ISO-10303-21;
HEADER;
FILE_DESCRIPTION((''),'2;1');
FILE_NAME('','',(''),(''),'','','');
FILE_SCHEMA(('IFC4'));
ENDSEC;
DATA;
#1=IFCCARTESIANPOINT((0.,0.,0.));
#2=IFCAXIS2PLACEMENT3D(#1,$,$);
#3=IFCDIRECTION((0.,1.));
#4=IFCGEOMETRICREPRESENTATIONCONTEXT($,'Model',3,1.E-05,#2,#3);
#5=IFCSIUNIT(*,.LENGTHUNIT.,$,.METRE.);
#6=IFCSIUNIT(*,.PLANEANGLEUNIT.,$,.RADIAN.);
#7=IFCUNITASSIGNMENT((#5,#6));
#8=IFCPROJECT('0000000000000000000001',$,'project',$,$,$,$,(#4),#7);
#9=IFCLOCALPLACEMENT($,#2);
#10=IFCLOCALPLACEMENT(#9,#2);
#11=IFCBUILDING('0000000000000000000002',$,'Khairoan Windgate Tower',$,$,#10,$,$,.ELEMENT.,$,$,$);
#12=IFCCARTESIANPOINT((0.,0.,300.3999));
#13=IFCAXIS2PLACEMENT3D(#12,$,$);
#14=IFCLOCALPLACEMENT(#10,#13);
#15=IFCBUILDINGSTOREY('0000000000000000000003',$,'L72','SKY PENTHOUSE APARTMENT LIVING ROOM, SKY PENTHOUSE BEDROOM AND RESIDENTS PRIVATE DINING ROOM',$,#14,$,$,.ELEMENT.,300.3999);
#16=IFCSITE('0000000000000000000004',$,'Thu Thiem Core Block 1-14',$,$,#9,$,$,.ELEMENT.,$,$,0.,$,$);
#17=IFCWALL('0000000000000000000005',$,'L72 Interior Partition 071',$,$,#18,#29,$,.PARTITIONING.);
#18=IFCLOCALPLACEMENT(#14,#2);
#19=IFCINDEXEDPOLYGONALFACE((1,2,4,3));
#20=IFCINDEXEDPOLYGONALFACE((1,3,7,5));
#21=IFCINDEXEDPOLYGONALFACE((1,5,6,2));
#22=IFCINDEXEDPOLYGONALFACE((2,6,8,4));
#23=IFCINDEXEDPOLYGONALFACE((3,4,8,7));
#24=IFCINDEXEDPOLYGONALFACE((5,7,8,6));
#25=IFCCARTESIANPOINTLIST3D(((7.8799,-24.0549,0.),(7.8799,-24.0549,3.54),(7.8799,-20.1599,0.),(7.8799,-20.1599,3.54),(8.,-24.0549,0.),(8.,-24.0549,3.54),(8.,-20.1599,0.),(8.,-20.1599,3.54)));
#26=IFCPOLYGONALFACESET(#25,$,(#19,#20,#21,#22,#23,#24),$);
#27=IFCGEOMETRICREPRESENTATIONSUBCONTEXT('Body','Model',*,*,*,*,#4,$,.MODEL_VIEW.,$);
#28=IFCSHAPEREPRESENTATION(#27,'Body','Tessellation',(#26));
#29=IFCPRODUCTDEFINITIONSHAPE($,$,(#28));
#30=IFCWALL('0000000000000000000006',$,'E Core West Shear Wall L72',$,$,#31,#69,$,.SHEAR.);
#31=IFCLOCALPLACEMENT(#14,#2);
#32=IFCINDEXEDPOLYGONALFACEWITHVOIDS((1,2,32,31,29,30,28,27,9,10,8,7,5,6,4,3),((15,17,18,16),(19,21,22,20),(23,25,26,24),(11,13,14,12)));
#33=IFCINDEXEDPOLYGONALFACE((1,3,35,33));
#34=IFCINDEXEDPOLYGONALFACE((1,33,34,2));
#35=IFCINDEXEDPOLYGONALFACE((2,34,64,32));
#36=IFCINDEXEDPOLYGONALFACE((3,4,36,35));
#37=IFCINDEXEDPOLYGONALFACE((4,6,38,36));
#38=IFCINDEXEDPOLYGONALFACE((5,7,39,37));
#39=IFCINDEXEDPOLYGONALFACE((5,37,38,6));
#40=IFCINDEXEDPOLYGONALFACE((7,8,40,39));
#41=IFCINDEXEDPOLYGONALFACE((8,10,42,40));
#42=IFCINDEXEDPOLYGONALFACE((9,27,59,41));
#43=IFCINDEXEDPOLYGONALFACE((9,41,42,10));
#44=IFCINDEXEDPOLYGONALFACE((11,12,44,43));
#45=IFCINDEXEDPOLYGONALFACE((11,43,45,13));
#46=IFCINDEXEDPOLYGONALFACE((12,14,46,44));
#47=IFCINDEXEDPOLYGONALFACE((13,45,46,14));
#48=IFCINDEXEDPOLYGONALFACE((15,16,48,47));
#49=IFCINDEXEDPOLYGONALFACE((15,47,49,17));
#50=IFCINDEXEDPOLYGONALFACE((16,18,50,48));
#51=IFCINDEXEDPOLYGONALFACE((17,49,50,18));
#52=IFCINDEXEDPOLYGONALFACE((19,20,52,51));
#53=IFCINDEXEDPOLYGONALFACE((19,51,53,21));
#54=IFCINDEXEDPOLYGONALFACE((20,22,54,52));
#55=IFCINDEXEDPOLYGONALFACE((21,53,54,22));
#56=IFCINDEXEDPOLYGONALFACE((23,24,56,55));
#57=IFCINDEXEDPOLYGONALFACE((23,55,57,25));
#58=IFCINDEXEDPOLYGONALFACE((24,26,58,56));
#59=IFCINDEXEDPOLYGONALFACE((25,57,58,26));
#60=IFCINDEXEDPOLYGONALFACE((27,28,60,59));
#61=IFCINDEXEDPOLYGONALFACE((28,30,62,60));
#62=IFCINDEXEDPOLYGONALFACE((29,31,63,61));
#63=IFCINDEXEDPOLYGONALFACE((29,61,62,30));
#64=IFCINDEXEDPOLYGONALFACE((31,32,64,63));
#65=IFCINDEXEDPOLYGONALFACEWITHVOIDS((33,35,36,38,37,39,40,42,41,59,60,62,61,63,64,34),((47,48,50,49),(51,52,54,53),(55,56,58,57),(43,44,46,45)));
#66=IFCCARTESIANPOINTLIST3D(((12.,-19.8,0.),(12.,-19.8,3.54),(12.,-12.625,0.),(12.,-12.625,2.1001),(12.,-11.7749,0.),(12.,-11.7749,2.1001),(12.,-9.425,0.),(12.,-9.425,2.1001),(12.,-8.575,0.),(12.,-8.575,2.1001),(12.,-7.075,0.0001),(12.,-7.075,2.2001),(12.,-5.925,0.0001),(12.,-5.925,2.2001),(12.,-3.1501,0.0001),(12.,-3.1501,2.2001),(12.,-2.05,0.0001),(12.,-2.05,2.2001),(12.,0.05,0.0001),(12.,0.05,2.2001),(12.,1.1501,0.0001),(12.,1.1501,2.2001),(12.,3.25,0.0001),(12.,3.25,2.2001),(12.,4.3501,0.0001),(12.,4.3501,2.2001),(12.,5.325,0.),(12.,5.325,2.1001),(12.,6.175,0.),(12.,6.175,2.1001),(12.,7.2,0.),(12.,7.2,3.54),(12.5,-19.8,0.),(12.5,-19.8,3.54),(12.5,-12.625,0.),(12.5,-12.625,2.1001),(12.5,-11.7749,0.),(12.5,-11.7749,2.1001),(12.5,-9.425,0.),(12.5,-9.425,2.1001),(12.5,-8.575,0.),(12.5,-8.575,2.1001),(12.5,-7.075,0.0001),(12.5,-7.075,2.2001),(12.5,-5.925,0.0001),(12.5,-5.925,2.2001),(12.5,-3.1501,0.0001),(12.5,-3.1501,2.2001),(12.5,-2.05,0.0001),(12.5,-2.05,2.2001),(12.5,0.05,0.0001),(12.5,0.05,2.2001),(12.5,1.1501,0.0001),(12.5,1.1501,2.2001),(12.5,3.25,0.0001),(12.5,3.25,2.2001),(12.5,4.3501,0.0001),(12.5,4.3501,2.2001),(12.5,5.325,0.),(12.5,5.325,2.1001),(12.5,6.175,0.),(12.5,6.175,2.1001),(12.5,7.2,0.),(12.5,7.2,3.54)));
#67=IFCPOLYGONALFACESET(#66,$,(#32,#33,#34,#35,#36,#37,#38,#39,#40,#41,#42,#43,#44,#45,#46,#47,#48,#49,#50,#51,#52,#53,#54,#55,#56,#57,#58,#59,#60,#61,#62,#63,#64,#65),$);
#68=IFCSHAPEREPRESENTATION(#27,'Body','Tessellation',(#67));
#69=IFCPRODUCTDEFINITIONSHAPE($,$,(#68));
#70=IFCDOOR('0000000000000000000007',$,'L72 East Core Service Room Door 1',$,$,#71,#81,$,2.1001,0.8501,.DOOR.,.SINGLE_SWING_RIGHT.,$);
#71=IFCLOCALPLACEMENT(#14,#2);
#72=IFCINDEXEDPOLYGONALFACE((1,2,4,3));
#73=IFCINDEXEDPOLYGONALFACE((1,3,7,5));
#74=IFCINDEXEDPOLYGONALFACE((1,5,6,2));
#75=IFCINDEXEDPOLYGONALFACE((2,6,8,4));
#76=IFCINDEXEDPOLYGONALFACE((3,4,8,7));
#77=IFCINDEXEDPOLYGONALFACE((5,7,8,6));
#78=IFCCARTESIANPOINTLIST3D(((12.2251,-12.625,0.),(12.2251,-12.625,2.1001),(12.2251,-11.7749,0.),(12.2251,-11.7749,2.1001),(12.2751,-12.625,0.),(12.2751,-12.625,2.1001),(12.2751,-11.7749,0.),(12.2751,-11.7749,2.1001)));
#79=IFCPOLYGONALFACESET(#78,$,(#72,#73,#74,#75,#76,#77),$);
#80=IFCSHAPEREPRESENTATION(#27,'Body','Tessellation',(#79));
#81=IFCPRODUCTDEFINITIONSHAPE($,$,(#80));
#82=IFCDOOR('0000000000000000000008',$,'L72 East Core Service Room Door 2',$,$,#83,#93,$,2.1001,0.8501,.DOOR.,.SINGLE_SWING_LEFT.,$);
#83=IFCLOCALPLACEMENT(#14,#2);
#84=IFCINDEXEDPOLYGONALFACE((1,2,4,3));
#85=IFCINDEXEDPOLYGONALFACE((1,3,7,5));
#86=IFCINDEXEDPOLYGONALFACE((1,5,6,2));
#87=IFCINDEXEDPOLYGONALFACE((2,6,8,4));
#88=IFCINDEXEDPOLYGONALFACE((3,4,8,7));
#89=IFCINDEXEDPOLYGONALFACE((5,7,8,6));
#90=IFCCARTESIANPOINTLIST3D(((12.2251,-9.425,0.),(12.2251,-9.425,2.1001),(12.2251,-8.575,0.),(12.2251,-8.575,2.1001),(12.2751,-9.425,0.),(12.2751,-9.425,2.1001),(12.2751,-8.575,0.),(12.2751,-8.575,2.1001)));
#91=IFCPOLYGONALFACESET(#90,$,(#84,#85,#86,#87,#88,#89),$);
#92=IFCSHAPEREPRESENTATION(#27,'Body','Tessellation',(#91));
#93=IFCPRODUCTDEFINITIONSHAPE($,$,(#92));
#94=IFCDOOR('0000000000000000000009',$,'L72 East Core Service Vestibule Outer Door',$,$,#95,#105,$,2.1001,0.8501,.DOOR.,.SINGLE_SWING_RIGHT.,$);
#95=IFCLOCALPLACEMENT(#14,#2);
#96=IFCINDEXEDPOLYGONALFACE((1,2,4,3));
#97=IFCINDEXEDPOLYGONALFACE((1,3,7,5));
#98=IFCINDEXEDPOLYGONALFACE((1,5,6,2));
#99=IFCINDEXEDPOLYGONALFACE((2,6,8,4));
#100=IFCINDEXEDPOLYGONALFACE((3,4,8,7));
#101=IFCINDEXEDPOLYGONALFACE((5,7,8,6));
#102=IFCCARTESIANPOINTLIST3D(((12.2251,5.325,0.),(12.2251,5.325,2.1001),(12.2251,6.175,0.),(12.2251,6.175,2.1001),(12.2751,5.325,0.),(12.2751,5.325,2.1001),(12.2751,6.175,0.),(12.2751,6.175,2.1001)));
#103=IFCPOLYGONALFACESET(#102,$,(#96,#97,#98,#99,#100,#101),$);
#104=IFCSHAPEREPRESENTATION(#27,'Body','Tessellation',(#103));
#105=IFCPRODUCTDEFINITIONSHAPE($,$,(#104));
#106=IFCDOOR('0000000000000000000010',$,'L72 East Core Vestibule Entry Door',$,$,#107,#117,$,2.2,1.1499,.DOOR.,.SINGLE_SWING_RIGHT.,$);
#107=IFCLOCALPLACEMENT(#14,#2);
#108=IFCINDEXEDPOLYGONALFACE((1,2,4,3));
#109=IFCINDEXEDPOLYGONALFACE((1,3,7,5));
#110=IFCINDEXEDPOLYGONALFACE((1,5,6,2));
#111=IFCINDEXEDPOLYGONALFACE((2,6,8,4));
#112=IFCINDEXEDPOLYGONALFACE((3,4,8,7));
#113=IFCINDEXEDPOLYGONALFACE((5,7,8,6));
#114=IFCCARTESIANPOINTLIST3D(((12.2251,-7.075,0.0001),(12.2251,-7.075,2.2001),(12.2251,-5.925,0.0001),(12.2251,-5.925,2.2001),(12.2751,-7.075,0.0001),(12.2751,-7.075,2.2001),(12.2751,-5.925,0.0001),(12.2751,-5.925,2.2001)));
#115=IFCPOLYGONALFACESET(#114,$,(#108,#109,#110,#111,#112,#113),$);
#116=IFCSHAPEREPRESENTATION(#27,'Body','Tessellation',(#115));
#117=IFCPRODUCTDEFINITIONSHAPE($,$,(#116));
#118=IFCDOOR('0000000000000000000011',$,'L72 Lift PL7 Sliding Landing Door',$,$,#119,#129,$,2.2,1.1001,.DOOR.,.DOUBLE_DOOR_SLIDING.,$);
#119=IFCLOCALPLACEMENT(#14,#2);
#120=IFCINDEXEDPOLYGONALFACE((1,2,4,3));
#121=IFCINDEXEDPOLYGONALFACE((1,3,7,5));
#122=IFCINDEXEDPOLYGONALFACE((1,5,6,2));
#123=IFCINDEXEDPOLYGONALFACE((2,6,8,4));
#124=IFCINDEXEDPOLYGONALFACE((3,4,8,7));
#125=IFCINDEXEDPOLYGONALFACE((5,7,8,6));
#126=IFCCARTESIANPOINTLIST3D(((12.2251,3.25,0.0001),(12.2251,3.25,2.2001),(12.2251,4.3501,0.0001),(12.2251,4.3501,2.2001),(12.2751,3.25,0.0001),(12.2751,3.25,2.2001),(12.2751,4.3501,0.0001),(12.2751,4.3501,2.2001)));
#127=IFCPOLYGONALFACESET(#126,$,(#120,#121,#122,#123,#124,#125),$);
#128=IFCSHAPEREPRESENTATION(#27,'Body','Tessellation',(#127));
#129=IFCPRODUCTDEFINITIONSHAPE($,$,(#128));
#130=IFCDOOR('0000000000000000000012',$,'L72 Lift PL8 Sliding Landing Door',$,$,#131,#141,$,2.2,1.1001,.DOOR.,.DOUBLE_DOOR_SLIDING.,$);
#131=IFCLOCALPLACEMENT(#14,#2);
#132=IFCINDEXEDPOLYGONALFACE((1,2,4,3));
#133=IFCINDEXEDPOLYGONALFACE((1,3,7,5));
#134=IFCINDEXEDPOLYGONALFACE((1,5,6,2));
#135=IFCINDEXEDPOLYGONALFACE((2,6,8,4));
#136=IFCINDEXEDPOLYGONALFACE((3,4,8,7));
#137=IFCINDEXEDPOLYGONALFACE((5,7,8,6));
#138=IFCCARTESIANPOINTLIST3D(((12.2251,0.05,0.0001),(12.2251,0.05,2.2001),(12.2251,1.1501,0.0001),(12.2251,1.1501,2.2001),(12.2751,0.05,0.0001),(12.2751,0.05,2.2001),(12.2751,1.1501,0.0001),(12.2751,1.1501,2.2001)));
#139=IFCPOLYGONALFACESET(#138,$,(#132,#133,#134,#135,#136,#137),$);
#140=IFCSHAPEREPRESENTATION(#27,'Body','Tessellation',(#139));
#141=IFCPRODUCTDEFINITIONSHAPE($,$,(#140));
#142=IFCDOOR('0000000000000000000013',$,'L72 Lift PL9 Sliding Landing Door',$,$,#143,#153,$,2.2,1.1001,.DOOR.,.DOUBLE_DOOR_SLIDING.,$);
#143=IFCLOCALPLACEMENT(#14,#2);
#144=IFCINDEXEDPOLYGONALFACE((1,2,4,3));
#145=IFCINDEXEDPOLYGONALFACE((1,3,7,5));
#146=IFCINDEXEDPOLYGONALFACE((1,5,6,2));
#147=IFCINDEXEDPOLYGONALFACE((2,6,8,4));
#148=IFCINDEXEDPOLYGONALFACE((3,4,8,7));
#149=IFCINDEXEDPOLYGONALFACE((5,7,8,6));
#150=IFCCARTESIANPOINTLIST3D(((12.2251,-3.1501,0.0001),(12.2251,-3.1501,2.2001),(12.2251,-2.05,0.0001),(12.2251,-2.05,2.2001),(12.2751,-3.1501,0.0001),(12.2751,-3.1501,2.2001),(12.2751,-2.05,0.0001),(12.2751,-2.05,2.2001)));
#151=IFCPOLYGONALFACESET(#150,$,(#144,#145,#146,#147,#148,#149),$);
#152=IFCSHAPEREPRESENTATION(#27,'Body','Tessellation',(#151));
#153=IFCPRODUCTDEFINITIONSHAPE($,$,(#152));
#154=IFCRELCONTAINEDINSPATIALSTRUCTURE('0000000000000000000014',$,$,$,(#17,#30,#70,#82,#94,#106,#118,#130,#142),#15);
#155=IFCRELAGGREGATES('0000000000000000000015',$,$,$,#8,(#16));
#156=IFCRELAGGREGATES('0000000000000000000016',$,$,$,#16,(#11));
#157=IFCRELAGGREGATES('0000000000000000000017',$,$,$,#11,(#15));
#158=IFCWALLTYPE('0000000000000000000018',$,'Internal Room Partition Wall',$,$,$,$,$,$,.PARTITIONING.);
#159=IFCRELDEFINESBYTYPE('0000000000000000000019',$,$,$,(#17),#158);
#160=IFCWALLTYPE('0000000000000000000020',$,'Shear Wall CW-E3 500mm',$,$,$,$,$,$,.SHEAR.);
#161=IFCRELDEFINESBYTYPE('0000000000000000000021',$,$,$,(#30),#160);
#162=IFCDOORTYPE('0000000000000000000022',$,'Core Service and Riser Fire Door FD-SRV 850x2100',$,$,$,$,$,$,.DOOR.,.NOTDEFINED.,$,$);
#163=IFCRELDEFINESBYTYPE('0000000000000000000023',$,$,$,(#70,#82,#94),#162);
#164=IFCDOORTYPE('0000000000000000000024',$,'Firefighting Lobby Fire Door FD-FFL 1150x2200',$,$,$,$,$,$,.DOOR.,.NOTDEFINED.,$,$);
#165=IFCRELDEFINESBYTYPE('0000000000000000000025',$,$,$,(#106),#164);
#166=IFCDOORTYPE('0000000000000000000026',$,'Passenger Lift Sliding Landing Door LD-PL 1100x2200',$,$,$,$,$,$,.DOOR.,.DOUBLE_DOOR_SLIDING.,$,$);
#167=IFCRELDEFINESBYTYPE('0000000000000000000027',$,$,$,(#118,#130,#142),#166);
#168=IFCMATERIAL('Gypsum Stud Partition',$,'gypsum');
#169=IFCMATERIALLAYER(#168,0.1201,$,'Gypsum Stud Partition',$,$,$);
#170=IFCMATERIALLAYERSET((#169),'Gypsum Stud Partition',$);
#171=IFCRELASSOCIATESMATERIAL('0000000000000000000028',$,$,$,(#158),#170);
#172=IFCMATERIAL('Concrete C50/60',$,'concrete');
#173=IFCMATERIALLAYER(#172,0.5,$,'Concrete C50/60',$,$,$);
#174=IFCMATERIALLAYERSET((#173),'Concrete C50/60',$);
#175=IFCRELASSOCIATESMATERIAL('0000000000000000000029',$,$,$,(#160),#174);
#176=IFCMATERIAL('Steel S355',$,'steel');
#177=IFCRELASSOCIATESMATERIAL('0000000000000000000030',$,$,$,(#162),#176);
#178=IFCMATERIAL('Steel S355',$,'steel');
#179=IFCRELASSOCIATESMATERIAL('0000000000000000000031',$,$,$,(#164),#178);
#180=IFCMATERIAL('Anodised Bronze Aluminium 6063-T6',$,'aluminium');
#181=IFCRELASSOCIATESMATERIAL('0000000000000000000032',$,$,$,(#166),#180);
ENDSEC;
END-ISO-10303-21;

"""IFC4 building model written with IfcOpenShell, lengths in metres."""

from ifc_helpers import new_model, si_unit, direction, frame, frame_2d, origin, place, context, subcontext, project, spatial, rectangle, extrude, material, layer, layer_set, type_object, element, fill, save


model = new_model("IFC4")

# Units and contexts
model_context = context("Model", 3, precision=1e-05, world=origin(), true_north=direction((0.0, 1.0)))
body_context = subcontext(model_context, "Body", "Model", "MODEL_VIEW")
ifc_project = project(units=[si_unit("LENGTHUNIT", "METRE"), si_unit("PLANEANGLEUNIT", "RADIAN")], contexts=[model_context])

# Site, building, storey
site_placement = place(None, origin())
site = spatial("IfcSite", under=ifc_project, at=site_placement, Name="Thu Thiem Core Block 1-14", CompositionType="ELEMENT", RefElevation=0.0)
building_placement = place(site_placement, origin())
building = spatial("IfcBuilding", under=site, at=building_placement, Name="Khairoan Windgate Tower", CompositionType="ELEMENT")
storey_placement = place(building_placement, frame((0.0, 0.0, 300.3999)))
storey = spatial("IfcBuildingStorey", under=building, at=storey_placement, Name="L72", Description="SKY PENTHOUSE APARTMENT LIVING ROOM, SKY PENTHOUSE BEDROOM AND RESIDENTS PRIVATE DINING ROOM", CompositionType="ELEMENT", Elevation=300.3999)

# Shared definitions
ifc_material_1 = material(Name="Gypsum Stud Partition", Category="gypsum")
ifc_layer_1 = layer(ifc_material_1, 0.1201, Name="Gypsum Stud Partition")
ifc_layer_set_1 = layer_set([ifc_layer_1], Name="Gypsum Stud Partition")
wall_type_1 = type_object("IfcWallType", Name="Internal Room Partition Wall", PredefinedType="PARTITIONING", material=ifc_layer_set_1)

# Wall
wall_1_placement = place(storey_placement, frame((7.9399, -24.0549, 0.0), z_axis=(0.0, 0.0, 1.0), x_axis=(0.0, 1.0, 0.0)))
element("IfcWall", 1, at=wall_1_placement, inside=storey, type_object=wall_type_1, Name="L72 Interior Partition 071", PredefinedType="PARTITIONING", context=body_context, shape_type="SweptSolid", body=[
    extrude(rectangle(XDim=3.895, YDim=0.1201, at=frame_2d((1.9475, 0.0))), origin(), (0.0, 0.0, 1.0), 3.54),
])

# Wall, openings, doors
ifc_material_2 = material(Name="Concrete C50/60", Category="concrete")
ifc_layer_2 = layer(ifc_material_2, 0.5, Name="Concrete C50/60")
ifc_layer_set_2 = layer_set([ifc_layer_2], Name="Concrete C50/60")
wall_type_2 = type_object("IfcWallType", Name="Shear Wall CW-E3 500mm", PredefinedType="SHEAR", material=ifc_layer_set_2)
wall_2_placement = place(storey_placement, frame((12.25, -19.8, 0.0), z_axis=(0.0, 0.0, 1.0), x_axis=(0.0, 1.0, 0.0)))
wall_2 = element("IfcWall", 2, at=wall_2_placement, inside=storey, type_object=wall_type_2, Name="E Core West Shear Wall L72", PredefinedType="SHEAR", context=body_context, shape_type="SweptSolid", body=[
    extrude(rectangle(XDim=27.0, YDim=0.5, at=frame_2d((13.5, 0.0))), origin(), (0.0, 0.0, 1.0), 3.54),
])
opening_1_placement = place(wall_2_placement, frame((23.05, 0.0, 0.0)))
opening_1 = element("IfcOpeningElement", 3, at=opening_1_placement, cuts=wall_2, PredefinedType="OPENING", context=body_context, shape_type="SweptSolid", body=[
    extrude(rectangle(XDim=1.1001, YDim=2.2, at=frame_2d((0.55, 1.1001))), frame((0.0, 0.26, 0.0), z_axis=(0.0, -1.0, 0.0), x_axis=(1.0, 0.0, 0.0)), (0.0, 0.0, 1.0), 0.52),
])
opening_2_placement = place(wall_2_placement, frame((19.8501, 0.0, 0.0)))
opening_2 = element("IfcOpeningElement", 4, at=opening_2_placement, cuts=wall_2, PredefinedType="OPENING", context=body_context, shape_type="SweptSolid", body=[
    extrude(rectangle(XDim=1.1001, YDim=2.2, at=frame_2d((0.55, 1.1001))), frame((0.0, 0.26, 0.0), z_axis=(0.0, -1.0, 0.0), x_axis=(1.0, 0.0, 0.0)), (0.0, 0.0, 1.0), 0.52),
])
opening_3_placement = place(wall_2_placement, frame((16.6499, 0.0, 0.0)))
opening_3 = element("IfcOpeningElement", 5, at=opening_3_placement, cuts=wall_2, PredefinedType="OPENING", context=body_context, shape_type="SweptSolid", body=[
    extrude(rectangle(XDim=1.1001, YDim=2.2, at=frame_2d((0.55, 1.1001))), frame((0.0, 0.26, 0.0), z_axis=(0.0, -1.0, 0.0), x_axis=(1.0, 0.0, 0.0)), (0.0, 0.0, 1.0), 0.52),
])
opening_4_placement = place(wall_2_placement, frame((7.175, 0.0, 0.0)))
opening_4 = element("IfcOpeningElement", 6, at=opening_4_placement, cuts=wall_2, PredefinedType="OPENING", context=body_context, shape_type="SweptSolid", body=[
    extrude(rectangle(XDim=0.8501, YDim=2.1001, at=frame_2d((0.425, 1.05))), frame((0.0, 0.26, 0.0), z_axis=(0.0, -1.0, 0.0), x_axis=(1.0, 0.0, 0.0)), (0.0, 0.0, 1.0), 0.52),
])
opening_5_placement = place(wall_2_placement, frame((10.375, 0.0, 0.0)))
opening_5 = element("IfcOpeningElement", 7, at=opening_5_placement, cuts=wall_2, PredefinedType="OPENING", context=body_context, shape_type="SweptSolid", body=[
    extrude(rectangle(XDim=0.8501, YDim=2.1001, at=frame_2d((0.425, 1.05))), frame((0.0, 0.26, 0.0), z_axis=(0.0, -1.0, 0.0), x_axis=(1.0, 0.0, 0.0)), (0.0, 0.0, 1.0), 0.52),
])
opening_6_placement = place(wall_2_placement, frame((12.7251, 0.0, 0.0)))
opening_6 = element("IfcOpeningElement", 8, at=opening_6_placement, cuts=wall_2, PredefinedType="OPENING", context=body_context, shape_type="SweptSolid", body=[
    extrude(rectangle(XDim=1.1499, YDim=2.2, at=frame_2d((0.575, 1.1001))), frame((0.0, 0.26, 0.0), z_axis=(0.0, -1.0, 0.0), x_axis=(1.0, 0.0, 0.0)), (0.0, 0.0, 1.0), 0.52),
])
opening_7_placement = place(wall_2_placement, frame((25.125, 0.0, 0.0)))
opening_7 = element("IfcOpeningElement", 9, at=opening_7_placement, cuts=wall_2, PredefinedType="OPENING", context=body_context, shape_type="SweptSolid", body=[
    extrude(rectangle(XDim=0.8501, YDim=2.1001, at=frame_2d((0.425, 1.05))), frame((0.0, 0.26, 0.0), z_axis=(0.0, -1.0, 0.0), x_axis=(1.0, 0.0, 0.0)), (0.0, 0.0, 1.0), 0.52),
])
ifc_material_3 = material(Name="Steel S355", Category="steel")
door_type_1 = type_object("IfcDoorType", Name="Core Service and Riser Fire Door FD-SRV 850x2100", OperationType="NOTDEFINED", PredefinedType="DOOR", material=ifc_material_3)
door_1_placement = place(opening_4_placement, origin())
door_1 = element("IfcDoor", 10, at=door_1_placement, inside=storey, type_object=door_type_1, Name="L72 East Core Service Room Door 1", OperationType="SINGLE_SWING_RIGHT", OverallHeight=2.1001, OverallWidth=0.8501, PredefinedType="DOOR", context=body_context, shape_type="SweptSolid", body=[
    extrude(rectangle(XDim=0.8501, YDim=2.1001, at=frame_2d((0.425, 1.05))), frame((0.0, 0.0249, 0.0), z_axis=(0.0, -1.0, 0.0), x_axis=(1.0, 0.0, 0.0)), (0.0, 0.0, 1.0), 0.05),
])
fill(opening_4, door_1)
door_2_placement = place(opening_5_placement, origin())
door_2 = element("IfcDoor", 11, at=door_2_placement, inside=storey, type_object=door_type_1, Name="L72 East Core Service Room Door 2", OperationType="SINGLE_SWING_LEFT", OverallHeight=2.1001, OverallWidth=0.8501, PredefinedType="DOOR", context=body_context, shape_type="SweptSolid", body=[
    extrude(rectangle(XDim=0.8501, YDim=2.1001, at=frame_2d((0.425, 1.05))), frame((0.0, 0.0249, 0.0), z_axis=(0.0, -1.0, 0.0), x_axis=(1.0, 0.0, 0.0)), (0.0, 0.0, 1.0), 0.05),
])
fill(opening_5, door_2)
door_3_placement = place(opening_7_placement, origin())
door_3 = element("IfcDoor", 12, at=door_3_placement, inside=storey, type_object=door_type_1, Name="L72 East Core Service Vestibule Outer Door", OperationType="SINGLE_SWING_RIGHT", OverallHeight=2.1001, OverallWidth=0.8501, PredefinedType="DOOR", context=body_context, shape_type="SweptSolid", body=[
    extrude(rectangle(XDim=0.8501, YDim=2.1001, at=frame_2d((0.425, 1.05))), frame((0.0, 0.0249, 0.0), z_axis=(0.0, -1.0, 0.0), x_axis=(1.0, 0.0, 0.0)), (0.0, 0.0, 1.0), 0.05),
])
fill(opening_7, door_3)
ifc_material_4 = material(Name="Steel S355", Category="steel")
door_type_2 = type_object("IfcDoorType", Name="Firefighting Lobby Fire Door FD-FFL 1150x2200", OperationType="NOTDEFINED", PredefinedType="DOOR", material=ifc_material_4)
door_4_placement = place(opening_6_placement, origin())
door_4 = element("IfcDoor", 13, at=door_4_placement, inside=storey, type_object=door_type_2, Name="L72 East Core Vestibule Entry Door", OperationType="SINGLE_SWING_RIGHT", OverallHeight=2.2, OverallWidth=1.1499, PredefinedType="DOOR", context=body_context, shape_type="SweptSolid", body=[
    extrude(rectangle(XDim=1.1499, YDim=2.2, at=frame_2d((0.575, 1.1001))), frame((0.0, 0.0249, 0.0), z_axis=(0.0, -1.0, 0.0), x_axis=(1.0, 0.0, 0.0)), (0.0, 0.0, 1.0), 0.05),
])
fill(opening_6, door_4)
ifc_material_5 = material(Name="Anodised Bronze Aluminium 6063-T6", Category="aluminium")
door_type_3 = type_object("IfcDoorType", Name="Passenger Lift Sliding Landing Door LD-PL 1100x2200", OperationType="DOUBLE_DOOR_SLIDING", PredefinedType="DOOR", material=ifc_material_5)
door_5_placement = place(opening_1_placement, origin())
door_5 = element("IfcDoor", 14, at=door_5_placement, inside=storey, type_object=door_type_3, Name="L72 Lift PL7 Sliding Landing Door", OperationType="DOUBLE_DOOR_SLIDING", OverallHeight=2.2, OverallWidth=1.1001, PredefinedType="DOOR", context=body_context, shape_type="SweptSolid", body=[
    extrude(rectangle(XDim=1.1001, YDim=2.2, at=frame_2d((0.55, 1.1001))), frame((0.0, 0.0249, 0.0), z_axis=(0.0, -1.0, 0.0), x_axis=(1.0, 0.0, 0.0)), (0.0, 0.0, 1.0), 0.05),
])
fill(opening_1, door_5)
door_6_placement = place(opening_2_placement, origin())
door_6 = element("IfcDoor", 15, at=door_6_placement, inside=storey, type_object=door_type_3, Name="L72 Lift PL8 Sliding Landing Door", OperationType="DOUBLE_DOOR_SLIDING", OverallHeight=2.2, OverallWidth=1.1001, PredefinedType="DOOR", context=body_context, shape_type="SweptSolid", body=[
    extrude(rectangle(XDim=1.1001, YDim=2.2, at=frame_2d((0.55, 1.1001))), frame((0.0, 0.0249, 0.0), z_axis=(0.0, -1.0, 0.0), x_axis=(1.0, 0.0, 0.0)), (0.0, 0.0, 1.0), 0.05),
])
fill(opening_2, door_6)
door_7_placement = place(opening_3_placement, origin())
door_7 = element("IfcDoor", 16, at=door_7_placement, inside=storey, type_object=door_type_3, Name="L72 Lift PL9 Sliding Landing Door", OperationType="DOUBLE_DOOR_SLIDING", OverallHeight=2.2, OverallWidth=1.1001, PredefinedType="DOOR", context=body_context, shape_type="SweptSolid", body=[
    extrude(rectangle(XDim=1.1001, YDim=2.2, at=frame_2d((0.55, 1.1001))), frame((0.0, 0.0249, 0.0), z_axis=(0.0, -1.0, 0.0), x_axis=(1.0, 0.0, 0.0)), (0.0, 0.0, 1.0), 0.05),
])
fill(opening_3, door_7)

save(model, "model.ifc")
